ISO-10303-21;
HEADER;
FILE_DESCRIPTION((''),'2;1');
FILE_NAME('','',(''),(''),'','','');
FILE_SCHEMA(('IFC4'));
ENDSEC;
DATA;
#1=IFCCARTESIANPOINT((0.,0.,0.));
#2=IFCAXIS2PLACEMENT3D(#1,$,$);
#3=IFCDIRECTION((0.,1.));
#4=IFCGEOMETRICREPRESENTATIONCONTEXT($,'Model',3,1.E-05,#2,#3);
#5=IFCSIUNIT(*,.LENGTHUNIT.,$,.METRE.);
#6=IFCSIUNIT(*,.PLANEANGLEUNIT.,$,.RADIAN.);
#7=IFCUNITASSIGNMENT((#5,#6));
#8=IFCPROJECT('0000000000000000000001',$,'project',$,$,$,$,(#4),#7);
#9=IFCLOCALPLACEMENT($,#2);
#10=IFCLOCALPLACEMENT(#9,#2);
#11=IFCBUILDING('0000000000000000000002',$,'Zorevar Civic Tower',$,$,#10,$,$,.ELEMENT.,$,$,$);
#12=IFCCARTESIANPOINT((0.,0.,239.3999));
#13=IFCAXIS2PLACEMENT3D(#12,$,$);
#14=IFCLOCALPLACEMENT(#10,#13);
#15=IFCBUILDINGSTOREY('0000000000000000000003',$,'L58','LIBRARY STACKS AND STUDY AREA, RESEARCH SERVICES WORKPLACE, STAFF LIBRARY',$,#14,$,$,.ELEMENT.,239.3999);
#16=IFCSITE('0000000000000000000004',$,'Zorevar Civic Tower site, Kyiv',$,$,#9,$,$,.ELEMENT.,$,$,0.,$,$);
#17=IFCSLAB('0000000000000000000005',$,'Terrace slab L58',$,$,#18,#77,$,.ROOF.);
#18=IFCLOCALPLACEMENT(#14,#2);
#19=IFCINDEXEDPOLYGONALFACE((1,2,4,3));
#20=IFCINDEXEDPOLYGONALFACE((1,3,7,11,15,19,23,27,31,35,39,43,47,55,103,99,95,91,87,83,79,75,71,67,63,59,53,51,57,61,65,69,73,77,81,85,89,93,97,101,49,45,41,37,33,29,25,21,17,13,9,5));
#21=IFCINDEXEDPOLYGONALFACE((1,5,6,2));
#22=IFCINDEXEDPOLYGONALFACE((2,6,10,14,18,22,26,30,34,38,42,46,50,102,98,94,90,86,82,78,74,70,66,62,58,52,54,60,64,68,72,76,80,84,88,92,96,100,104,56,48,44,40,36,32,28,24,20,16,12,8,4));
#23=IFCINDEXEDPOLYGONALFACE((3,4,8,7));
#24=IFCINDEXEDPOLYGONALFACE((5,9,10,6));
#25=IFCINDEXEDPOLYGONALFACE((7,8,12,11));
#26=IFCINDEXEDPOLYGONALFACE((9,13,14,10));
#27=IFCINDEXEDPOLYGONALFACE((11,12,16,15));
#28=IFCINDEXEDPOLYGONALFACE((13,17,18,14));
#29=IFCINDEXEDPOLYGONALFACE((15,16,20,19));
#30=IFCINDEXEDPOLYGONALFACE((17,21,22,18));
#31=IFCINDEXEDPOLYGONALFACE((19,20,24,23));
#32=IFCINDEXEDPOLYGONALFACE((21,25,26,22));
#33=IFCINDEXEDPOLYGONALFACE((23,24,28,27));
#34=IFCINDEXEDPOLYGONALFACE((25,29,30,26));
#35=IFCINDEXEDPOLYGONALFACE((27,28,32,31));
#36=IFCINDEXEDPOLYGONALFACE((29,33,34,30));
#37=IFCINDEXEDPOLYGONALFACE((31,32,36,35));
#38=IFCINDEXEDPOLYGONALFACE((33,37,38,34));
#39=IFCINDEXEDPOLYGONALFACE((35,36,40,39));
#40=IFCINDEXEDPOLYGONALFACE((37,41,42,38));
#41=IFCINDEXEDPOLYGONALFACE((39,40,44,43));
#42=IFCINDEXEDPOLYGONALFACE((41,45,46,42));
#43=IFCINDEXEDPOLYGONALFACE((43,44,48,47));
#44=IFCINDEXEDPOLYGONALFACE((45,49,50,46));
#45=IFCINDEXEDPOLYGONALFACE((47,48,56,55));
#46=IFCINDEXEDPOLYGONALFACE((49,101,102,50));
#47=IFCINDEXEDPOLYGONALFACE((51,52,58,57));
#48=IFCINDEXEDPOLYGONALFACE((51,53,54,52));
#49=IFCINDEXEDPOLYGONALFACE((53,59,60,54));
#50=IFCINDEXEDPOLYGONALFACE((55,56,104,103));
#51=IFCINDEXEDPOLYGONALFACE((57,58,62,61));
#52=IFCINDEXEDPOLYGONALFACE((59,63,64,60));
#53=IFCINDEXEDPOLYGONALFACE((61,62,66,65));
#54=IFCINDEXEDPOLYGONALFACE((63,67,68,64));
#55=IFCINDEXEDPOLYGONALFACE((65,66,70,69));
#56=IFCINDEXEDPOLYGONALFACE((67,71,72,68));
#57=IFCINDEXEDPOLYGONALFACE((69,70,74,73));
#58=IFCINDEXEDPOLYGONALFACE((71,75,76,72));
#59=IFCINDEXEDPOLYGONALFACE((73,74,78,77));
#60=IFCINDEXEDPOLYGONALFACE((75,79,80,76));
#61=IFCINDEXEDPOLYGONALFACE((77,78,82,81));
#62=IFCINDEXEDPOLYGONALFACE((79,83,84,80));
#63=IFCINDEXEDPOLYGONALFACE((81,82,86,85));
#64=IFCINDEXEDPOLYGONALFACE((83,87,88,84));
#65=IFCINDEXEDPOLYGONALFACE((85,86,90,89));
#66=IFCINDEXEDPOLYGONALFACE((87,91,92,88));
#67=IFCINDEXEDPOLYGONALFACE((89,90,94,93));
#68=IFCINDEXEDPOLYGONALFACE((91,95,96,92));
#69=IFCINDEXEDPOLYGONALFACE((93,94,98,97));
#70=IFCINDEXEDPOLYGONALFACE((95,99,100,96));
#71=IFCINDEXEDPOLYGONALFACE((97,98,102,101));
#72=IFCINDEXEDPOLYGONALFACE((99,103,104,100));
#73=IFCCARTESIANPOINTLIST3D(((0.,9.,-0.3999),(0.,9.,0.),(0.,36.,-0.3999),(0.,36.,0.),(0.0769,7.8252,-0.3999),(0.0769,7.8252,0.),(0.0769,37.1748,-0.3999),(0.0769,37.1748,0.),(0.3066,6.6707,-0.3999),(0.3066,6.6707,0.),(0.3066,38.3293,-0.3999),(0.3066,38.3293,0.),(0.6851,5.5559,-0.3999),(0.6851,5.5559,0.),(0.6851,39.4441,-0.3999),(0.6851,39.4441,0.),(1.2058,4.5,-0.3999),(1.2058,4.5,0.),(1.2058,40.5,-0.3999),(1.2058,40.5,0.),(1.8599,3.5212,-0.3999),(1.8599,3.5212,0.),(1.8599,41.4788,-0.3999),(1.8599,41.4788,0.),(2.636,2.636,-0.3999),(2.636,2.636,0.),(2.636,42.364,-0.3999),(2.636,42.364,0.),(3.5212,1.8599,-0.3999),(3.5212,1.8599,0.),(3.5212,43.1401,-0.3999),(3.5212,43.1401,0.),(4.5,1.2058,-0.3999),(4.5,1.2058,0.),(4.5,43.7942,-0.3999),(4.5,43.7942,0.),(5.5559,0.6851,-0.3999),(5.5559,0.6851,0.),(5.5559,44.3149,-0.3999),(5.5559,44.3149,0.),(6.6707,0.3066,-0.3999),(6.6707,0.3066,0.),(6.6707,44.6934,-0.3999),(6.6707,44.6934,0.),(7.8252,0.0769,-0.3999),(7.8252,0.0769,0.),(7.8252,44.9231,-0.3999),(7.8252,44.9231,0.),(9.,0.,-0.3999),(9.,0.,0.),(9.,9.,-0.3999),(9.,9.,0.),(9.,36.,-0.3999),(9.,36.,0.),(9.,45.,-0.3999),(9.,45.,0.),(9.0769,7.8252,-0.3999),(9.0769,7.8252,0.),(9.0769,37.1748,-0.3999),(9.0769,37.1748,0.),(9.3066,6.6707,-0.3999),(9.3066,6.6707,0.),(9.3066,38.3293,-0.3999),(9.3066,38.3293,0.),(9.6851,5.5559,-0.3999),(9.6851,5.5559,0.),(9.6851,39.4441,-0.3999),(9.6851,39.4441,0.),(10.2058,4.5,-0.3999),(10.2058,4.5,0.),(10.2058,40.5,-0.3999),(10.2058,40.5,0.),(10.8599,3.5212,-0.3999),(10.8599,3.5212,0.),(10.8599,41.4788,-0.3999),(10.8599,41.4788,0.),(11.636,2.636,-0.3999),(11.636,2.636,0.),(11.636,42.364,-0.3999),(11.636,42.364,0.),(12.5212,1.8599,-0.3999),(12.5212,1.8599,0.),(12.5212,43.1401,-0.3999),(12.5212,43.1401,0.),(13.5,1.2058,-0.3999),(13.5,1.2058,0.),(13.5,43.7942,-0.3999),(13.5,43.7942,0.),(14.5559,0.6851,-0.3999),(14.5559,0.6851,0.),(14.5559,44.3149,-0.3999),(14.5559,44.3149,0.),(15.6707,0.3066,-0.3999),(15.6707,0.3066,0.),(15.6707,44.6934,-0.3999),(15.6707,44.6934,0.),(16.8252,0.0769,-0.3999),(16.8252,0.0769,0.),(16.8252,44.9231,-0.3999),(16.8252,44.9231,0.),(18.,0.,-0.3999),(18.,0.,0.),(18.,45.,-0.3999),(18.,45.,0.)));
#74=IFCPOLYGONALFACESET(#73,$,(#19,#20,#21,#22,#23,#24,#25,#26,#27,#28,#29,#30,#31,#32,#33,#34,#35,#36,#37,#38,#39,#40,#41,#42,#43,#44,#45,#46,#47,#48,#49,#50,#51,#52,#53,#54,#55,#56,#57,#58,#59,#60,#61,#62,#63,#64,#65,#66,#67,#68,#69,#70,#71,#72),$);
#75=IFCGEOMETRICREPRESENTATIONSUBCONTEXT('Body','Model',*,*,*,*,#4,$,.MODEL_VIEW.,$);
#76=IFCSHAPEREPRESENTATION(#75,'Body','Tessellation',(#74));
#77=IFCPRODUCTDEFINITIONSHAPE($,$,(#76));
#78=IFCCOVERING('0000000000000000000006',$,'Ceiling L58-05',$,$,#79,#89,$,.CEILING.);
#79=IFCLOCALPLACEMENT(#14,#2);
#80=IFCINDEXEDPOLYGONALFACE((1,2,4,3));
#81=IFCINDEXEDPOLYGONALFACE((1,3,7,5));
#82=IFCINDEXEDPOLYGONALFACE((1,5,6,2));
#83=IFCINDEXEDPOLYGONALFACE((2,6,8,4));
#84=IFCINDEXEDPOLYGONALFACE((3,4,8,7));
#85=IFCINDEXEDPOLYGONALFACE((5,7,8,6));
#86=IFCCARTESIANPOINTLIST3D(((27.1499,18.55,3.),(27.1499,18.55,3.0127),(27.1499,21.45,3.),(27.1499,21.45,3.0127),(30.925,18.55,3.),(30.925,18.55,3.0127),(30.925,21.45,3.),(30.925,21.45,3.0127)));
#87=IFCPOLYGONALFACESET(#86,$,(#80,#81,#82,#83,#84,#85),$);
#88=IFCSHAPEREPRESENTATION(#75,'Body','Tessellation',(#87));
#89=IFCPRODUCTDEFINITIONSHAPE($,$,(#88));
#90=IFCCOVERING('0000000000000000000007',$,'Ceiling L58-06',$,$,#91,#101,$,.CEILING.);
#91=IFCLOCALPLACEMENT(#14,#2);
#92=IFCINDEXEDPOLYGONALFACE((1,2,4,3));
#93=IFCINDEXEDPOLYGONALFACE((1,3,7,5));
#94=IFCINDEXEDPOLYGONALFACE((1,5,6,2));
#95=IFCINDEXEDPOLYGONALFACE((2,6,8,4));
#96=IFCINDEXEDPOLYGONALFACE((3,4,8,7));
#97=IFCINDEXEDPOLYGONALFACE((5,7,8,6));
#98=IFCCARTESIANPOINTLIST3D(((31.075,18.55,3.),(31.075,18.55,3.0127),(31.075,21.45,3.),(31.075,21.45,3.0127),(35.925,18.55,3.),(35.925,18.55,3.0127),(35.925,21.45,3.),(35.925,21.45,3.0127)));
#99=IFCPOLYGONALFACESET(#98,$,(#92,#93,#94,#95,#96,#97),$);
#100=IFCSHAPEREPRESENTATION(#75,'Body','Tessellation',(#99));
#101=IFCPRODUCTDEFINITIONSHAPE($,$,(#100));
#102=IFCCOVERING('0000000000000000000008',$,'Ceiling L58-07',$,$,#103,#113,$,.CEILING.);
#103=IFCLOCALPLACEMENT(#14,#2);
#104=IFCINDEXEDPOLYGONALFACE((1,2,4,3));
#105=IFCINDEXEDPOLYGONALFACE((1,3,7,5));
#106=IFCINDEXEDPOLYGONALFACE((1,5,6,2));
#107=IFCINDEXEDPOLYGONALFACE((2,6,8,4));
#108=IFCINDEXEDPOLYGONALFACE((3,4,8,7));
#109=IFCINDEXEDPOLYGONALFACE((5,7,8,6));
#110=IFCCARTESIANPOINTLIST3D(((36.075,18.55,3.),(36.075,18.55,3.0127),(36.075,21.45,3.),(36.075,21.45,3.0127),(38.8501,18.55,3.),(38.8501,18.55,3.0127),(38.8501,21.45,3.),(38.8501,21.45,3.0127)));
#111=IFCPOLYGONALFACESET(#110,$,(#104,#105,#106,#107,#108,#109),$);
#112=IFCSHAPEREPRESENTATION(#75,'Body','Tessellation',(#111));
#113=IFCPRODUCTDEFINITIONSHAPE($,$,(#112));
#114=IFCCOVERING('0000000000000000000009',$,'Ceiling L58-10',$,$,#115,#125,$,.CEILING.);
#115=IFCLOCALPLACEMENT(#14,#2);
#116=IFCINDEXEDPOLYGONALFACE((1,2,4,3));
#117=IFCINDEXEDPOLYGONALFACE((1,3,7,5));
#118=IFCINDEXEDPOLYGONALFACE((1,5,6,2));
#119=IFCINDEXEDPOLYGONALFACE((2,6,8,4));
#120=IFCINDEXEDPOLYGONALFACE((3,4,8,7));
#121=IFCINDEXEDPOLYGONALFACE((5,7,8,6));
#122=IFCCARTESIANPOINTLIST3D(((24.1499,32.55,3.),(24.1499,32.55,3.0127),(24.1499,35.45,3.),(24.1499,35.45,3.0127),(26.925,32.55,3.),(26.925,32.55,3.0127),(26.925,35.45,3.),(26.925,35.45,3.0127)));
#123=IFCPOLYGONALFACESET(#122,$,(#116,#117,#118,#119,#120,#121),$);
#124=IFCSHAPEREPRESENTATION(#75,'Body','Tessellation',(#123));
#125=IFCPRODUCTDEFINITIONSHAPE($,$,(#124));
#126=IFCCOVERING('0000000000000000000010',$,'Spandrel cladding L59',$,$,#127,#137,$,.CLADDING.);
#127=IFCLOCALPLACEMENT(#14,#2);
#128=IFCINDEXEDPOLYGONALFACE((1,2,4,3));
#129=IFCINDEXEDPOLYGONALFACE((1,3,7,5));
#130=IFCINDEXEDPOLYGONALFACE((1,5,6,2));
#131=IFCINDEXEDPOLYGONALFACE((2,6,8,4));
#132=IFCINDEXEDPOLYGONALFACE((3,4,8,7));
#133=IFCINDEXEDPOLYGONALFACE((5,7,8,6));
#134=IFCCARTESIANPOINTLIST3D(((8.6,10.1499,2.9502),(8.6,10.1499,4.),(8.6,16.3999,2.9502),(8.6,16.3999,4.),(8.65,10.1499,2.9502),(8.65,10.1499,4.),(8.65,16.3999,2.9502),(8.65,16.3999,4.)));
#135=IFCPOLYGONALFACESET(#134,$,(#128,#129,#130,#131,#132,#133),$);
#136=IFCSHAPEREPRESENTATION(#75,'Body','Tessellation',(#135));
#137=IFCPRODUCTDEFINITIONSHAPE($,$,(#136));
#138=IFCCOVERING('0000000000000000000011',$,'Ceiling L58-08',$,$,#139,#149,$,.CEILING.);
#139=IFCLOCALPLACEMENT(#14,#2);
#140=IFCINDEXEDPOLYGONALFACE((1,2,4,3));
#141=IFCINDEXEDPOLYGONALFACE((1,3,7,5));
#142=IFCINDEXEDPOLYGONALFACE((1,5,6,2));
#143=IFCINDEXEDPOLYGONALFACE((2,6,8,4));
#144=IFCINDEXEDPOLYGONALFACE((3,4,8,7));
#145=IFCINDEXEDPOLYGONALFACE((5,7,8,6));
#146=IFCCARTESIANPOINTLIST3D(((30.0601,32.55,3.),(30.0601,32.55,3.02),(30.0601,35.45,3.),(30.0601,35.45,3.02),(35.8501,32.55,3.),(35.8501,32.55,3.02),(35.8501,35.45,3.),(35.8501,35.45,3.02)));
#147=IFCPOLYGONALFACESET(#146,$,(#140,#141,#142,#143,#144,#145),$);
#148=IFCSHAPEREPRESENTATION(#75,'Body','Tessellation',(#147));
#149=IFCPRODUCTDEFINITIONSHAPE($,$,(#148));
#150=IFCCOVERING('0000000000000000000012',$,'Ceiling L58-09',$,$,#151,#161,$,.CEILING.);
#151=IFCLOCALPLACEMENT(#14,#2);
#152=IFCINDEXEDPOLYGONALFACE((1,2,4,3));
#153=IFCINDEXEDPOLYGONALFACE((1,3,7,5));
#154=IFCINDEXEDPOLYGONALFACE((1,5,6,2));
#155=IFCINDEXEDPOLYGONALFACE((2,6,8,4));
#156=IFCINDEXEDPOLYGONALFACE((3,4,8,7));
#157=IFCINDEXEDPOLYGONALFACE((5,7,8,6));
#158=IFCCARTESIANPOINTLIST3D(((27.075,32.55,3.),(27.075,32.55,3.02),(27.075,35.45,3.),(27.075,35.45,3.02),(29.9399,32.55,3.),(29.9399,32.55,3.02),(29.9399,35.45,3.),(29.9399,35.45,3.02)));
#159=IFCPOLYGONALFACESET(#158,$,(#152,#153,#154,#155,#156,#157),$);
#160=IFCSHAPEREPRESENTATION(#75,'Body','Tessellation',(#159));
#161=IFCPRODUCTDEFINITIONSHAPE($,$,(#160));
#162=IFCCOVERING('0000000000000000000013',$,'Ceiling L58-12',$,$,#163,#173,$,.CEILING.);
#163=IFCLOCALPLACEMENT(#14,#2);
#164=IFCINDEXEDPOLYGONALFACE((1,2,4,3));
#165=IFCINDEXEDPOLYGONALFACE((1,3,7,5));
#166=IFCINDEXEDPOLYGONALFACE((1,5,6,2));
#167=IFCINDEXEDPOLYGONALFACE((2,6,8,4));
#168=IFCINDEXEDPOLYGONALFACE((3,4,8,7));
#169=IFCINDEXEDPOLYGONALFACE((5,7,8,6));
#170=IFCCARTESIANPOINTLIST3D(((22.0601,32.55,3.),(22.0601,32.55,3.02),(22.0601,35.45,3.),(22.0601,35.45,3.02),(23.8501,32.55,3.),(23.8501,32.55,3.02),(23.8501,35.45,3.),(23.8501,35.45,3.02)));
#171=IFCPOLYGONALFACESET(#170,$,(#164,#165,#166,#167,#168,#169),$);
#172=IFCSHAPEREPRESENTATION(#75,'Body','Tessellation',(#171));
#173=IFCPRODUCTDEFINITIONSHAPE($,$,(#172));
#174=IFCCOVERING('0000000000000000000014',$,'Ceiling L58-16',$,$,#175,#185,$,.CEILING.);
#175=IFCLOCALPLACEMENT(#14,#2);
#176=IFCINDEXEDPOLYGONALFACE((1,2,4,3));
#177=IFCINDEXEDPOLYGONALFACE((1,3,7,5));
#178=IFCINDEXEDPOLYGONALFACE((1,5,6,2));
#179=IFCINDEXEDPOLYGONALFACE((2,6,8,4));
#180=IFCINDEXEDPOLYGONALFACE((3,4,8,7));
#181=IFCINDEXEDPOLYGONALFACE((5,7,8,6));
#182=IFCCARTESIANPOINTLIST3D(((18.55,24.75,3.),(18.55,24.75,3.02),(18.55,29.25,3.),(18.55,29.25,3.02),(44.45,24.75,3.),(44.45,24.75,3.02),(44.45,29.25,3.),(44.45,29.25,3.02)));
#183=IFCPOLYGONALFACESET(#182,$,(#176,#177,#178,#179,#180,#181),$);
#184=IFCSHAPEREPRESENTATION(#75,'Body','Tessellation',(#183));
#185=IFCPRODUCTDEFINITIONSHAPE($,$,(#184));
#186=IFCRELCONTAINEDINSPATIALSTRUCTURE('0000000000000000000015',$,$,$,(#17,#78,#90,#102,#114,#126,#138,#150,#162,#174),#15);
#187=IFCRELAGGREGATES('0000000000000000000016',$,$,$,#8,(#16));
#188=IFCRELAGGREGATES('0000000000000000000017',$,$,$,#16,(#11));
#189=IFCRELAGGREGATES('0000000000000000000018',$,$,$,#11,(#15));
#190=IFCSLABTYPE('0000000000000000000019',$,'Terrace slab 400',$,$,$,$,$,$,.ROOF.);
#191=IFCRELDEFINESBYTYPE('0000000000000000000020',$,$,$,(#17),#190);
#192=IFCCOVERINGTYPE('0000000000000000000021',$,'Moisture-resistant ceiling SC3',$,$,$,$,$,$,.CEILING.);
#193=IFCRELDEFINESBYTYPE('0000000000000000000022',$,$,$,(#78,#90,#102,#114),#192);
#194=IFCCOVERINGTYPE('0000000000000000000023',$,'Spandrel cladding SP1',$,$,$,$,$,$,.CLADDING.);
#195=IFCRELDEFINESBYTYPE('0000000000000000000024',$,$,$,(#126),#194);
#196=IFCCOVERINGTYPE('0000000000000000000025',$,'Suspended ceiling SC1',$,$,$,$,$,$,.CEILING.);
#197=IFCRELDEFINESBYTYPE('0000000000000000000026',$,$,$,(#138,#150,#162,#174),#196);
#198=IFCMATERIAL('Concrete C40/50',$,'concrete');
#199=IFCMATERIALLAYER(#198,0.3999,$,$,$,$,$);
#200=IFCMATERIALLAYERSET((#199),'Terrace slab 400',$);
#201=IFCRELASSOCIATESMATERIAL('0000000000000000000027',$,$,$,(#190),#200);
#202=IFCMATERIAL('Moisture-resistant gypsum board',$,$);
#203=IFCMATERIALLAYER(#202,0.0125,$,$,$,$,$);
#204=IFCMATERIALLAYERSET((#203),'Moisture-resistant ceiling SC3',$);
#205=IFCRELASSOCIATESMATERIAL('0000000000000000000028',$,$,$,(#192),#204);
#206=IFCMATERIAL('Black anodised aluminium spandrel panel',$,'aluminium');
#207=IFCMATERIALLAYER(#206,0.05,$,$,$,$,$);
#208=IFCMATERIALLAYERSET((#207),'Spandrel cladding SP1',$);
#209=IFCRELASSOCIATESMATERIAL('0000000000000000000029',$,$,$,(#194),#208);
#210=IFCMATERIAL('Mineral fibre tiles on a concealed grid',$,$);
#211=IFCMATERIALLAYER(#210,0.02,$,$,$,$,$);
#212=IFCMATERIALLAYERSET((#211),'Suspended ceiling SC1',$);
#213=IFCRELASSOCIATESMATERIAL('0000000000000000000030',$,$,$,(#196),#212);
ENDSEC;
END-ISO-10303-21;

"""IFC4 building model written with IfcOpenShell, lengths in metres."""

from ifc_helpers import new_model, si_unit, direction, frame, frame_2d, origin, place, context, subcontext, project, spatial, polyline, rectangle, outline, extrude, material, layer, layer_set, type_object, element, save


model = new_model("IFC4")

# Units and contexts
model_context = context("Model", 3, precision=1e-05, world=origin(), true_north=direction((0.0, 1.0)))
body_context = subcontext(model_context, "Body", "Model", "MODEL_VIEW")
ifc_project = project(units=[si_unit("LENGTHUNIT", "METRE"), si_unit("PLANEANGLEUNIT", "RADIAN")], contexts=[model_context])

# Site, building, storey
site_placement = place(None, origin())
site = spatial("IfcSite", under=ifc_project, at=site_placement, Name="Zorevar Civic Tower site, Kyiv", CompositionType="ELEMENT", RefElevation=0.0)
building_placement = place(site_placement, origin())
building = spatial("IfcBuilding", under=site, at=building_placement, Name="Zorevar Civic Tower", CompositionType="ELEMENT")
storey_placement = place(building_placement, frame((0.0, 0.0, 239.3999)))
storey = spatial("IfcBuildingStorey", under=building, at=storey_placement, Name="L58", Description="LIBRARY STACKS AND STUDY AREA, RESEARCH SERVICES WORKPLACE, STAFF LIBRARY", CompositionType="ELEMENT", Elevation=239.3999)

# Slab
ifc_material_1 = material(Name="Concrete C40/50", Category="concrete")
ifc_layer_1 = layer(ifc_material_1, 0.3999)
ifc_layer_set_1 = layer_set([ifc_layer_1], Name="Terrace slab 400")
slab_type_1 = type_object("IfcSlabType", Name="Terrace slab 400", PredefinedType="ROOF", material=ifc_layer_set_1)
slab_1_placement = place(storey_placement, frame((0.0, 0.0, -0.3999)))
element("IfcSlab", 1, at=slab_1_placement, inside=storey, type_object=slab_type_1, Name="Terrace slab L58", PredefinedType="ROOF", context=body_context, shape_type="SweptSolid", body=[
    extrude(outline(polyline([(9.0, 0.0), (7.8252, 0.0769), (6.6707, 0.3066), (5.5559, 0.6851), (4.5, 1.2058), (3.5212, 1.8599), (2.636, 2.636), (1.8599, 3.5212), (1.2058, 4.5), (0.6851, 5.5559), (0.3066, 6.6707), (0.0769, 7.8252), (0.0, 9.0), (0.0, 36.0), (0.0769, 37.1748), (0.3066, 38.3293), (0.6851, 39.4441), (1.2058, 40.5), (1.8599, 41.4788), (2.636, 42.364), (3.5212, 43.1401), (4.5, 43.7942), (5.5559, 44.3149), (6.6707, 44.6934), (7.8252, 44.9231), (9.0, 45.0), (18.0, 45.0), (16.8252, 44.9231), (15.6707, 44.6934), (14.5559, 44.3149), (13.5, 43.7942), (12.5212, 43.1401), (11.636, 42.364), (10.8599, 41.4788), (10.2058, 40.5), (9.6851, 39.4441), (9.3066, 38.3293), (9.0769, 37.1748), (9.0, 36.0), (9.0, 9.0), (9.0769, 7.8252), (9.3066, 6.6707), (9.6851, 5.5559), (10.2058, 4.5), (10.8599, 3.5212), (11.636, 2.636), (12.5212, 1.8599), (13.5, 1.2058), (14.5559, 0.6851), (15.6707, 0.3066), (16.8252, 0.0769), (18.0, 0.0), (9.0, 0.0)])), origin(), (0.0, 0.0, 1.0), 0.3999),
])

# Coverings
ifc_material_2 = material(Name="Moisture-resistant gypsum board")
ifc_layer_2 = layer(ifc_material_2, 0.0125)
ifc_layer_set_2 = layer_set([ifc_layer_2], Name="Moisture-resistant ceiling SC3")
covering_type_1 = type_object("IfcCoveringType", Name="Moisture-resistant ceiling SC3", PredefinedType="CEILING", material=ifc_layer_set_2)
covering_1_placement = place(storey_placement, frame((0.0, 0.0, 3.0)))
element("IfcCovering", 2, at=covering_1_placement, inside=storey, type_object=covering_type_1, Name="Ceiling L58-05", PredefinedType="CEILING", context=body_context, shape_type="SweptSolid", body=[
    extrude(outline(polyline([(30.925, 18.55), (30.925, 21.45), (27.1499, 21.45), (27.1499, 18.55), (30.925, 18.55)])), origin(), (0.0, 0.0, 1.0), 0.0127),
])
covering_2_placement = place(storey_placement, frame((0.0, 0.0, 3.0)))
element("IfcCovering", 3, at=covering_2_placement, inside=storey, type_object=covering_type_1, Name="Ceiling L58-06", PredefinedType="CEILING", context=body_context, shape_type="SweptSolid", body=[
    extrude(outline(polyline([(35.925, 18.55), (35.925, 21.45), (31.075, 21.45), (31.075, 18.55), (35.925, 18.55)])), origin(), (0.0, 0.0, 1.0), 0.0127),
])
covering_3_placement = place(storey_placement, frame((0.0, 0.0, 3.0)))
element("IfcCovering", 4, at=covering_3_placement, inside=storey, type_object=covering_type_1, Name="Ceiling L58-07", PredefinedType="CEILING", context=body_context, shape_type="SweptSolid", body=[
    extrude(outline(polyline([(38.8501, 18.55), (38.8501, 21.45), (36.075, 21.45), (36.075, 18.55), (38.8501, 18.55)])), origin(), (0.0, 0.0, 1.0), 0.0127),
])
covering_4_placement = place(storey_placement, frame((0.0, 0.0, 3.0)))
element("IfcCovering", 5, at=covering_4_placement, inside=storey, type_object=covering_type_1, Name="Ceiling L58-10", PredefinedType="CEILING", context=body_context, shape_type="SweptSolid", body=[
    extrude(outline(polyline([(26.925, 32.55), (26.925, 35.45), (24.1499, 35.45), (24.1499, 32.55), (26.925, 32.55)])), origin(), (0.0, 0.0, 1.0), 0.0127),
])
ifc_material_3 = material(Name="Black anodised aluminium spandrel panel", Category="aluminium")
ifc_layer_3 = layer(ifc_material_3, 0.05)
ifc_layer_set_3 = layer_set([ifc_layer_3], Name="Spandrel cladding SP1")
covering_type_2 = type_object("IfcCoveringType", Name="Spandrel cladding SP1", PredefinedType="CLADDING", material=ifc_layer_set_3)
covering_5_placement = place(storey_placement, frame((8.625, 10.1499, 2.9502), z_axis=(0.0, 0.0, 1.0), x_axis=(0.0, 1.0, 0.0)))
element("IfcCovering", 6, at=covering_5_placement, inside=storey, type_object=covering_type_2, Name="Spandrel cladding L59", PredefinedType="CLADDING", context=body_context, shape_type="SweptSolid", body=[
    extrude(rectangle(XDim=6.25, YDim=0.05, at=frame_2d((3.125, 0.0))), origin(), (0.0, 0.0, 1.0), 1.0498),
])
ifc_material_4 = material(Name="Mineral fibre tiles on a concealed grid")
ifc_layer_4 = layer(ifc_material_4, 0.02)
ifc_layer_set_4 = layer_set([ifc_layer_4], Name="Suspended ceiling SC1")
covering_type_3 = type_object("IfcCoveringType", Name="Suspended ceiling SC1", PredefinedType="CEILING", material=ifc_layer_set_4)
covering_6_placement = place(storey_placement, frame((0.0, 0.0, 3.0)))
element("IfcCovering", 7, at=covering_6_placement, inside=storey, type_object=covering_type_3, Name="Ceiling L58-08", PredefinedType="CEILING", context=body_context, shape_type="SweptSolid", body=[
    extrude(outline(polyline([(35.8501, 32.55), (35.8501, 35.45), (30.0601, 35.45), (30.0601, 32.55), (35.8501, 32.55)])), origin(), (0.0, 0.0, 1.0), 0.02),
])
covering_7_placement = place(storey_placement, frame((0.0, 0.0, 3.0)))
element("IfcCovering", 8, at=covering_7_placement, inside=storey, type_object=covering_type_3, Name="Ceiling L58-09", PredefinedType="CEILING", context=body_context, shape_type="SweptSolid", body=[
    extrude(outline(polyline([(29.9399, 32.55), (29.9399, 35.45), (27.075, 35.45), (27.075, 32.55), (29.9399, 32.55)])), origin(), (0.0, 0.0, 1.0), 0.02),
])
covering_8_placement = place(storey_placement, frame((0.0, 0.0, 3.0)))
element("IfcCovering", 9, at=covering_8_placement, inside=storey, type_object=covering_type_3, Name="Ceiling L58-12", PredefinedType="CEILING", context=body_context, shape_type="SweptSolid", body=[
    extrude(outline(polyline([(23.8501, 32.55), (23.8501, 35.45), (22.0601, 35.45), (22.0601, 32.55), (23.8501, 32.55)])), origin(), (0.0, 0.0, 1.0), 0.02),
])
covering_9_placement = place(storey_placement, frame((0.0, 0.0, 3.0)))
element("IfcCovering", 10, at=covering_9_placement, inside=storey, type_object=covering_type_3, Name="Ceiling L58-16", PredefinedType="CEILING", context=body_context, shape_type="SweptSolid", body=[
    extrude(outline(polyline([(44.45, 24.75), (44.45, 29.25), (18.55, 29.25), (18.55, 24.75), (44.45, 24.75)])), origin(), (0.0, 0.0, 1.0), 0.02),
])

save(model, "model.ifc")
